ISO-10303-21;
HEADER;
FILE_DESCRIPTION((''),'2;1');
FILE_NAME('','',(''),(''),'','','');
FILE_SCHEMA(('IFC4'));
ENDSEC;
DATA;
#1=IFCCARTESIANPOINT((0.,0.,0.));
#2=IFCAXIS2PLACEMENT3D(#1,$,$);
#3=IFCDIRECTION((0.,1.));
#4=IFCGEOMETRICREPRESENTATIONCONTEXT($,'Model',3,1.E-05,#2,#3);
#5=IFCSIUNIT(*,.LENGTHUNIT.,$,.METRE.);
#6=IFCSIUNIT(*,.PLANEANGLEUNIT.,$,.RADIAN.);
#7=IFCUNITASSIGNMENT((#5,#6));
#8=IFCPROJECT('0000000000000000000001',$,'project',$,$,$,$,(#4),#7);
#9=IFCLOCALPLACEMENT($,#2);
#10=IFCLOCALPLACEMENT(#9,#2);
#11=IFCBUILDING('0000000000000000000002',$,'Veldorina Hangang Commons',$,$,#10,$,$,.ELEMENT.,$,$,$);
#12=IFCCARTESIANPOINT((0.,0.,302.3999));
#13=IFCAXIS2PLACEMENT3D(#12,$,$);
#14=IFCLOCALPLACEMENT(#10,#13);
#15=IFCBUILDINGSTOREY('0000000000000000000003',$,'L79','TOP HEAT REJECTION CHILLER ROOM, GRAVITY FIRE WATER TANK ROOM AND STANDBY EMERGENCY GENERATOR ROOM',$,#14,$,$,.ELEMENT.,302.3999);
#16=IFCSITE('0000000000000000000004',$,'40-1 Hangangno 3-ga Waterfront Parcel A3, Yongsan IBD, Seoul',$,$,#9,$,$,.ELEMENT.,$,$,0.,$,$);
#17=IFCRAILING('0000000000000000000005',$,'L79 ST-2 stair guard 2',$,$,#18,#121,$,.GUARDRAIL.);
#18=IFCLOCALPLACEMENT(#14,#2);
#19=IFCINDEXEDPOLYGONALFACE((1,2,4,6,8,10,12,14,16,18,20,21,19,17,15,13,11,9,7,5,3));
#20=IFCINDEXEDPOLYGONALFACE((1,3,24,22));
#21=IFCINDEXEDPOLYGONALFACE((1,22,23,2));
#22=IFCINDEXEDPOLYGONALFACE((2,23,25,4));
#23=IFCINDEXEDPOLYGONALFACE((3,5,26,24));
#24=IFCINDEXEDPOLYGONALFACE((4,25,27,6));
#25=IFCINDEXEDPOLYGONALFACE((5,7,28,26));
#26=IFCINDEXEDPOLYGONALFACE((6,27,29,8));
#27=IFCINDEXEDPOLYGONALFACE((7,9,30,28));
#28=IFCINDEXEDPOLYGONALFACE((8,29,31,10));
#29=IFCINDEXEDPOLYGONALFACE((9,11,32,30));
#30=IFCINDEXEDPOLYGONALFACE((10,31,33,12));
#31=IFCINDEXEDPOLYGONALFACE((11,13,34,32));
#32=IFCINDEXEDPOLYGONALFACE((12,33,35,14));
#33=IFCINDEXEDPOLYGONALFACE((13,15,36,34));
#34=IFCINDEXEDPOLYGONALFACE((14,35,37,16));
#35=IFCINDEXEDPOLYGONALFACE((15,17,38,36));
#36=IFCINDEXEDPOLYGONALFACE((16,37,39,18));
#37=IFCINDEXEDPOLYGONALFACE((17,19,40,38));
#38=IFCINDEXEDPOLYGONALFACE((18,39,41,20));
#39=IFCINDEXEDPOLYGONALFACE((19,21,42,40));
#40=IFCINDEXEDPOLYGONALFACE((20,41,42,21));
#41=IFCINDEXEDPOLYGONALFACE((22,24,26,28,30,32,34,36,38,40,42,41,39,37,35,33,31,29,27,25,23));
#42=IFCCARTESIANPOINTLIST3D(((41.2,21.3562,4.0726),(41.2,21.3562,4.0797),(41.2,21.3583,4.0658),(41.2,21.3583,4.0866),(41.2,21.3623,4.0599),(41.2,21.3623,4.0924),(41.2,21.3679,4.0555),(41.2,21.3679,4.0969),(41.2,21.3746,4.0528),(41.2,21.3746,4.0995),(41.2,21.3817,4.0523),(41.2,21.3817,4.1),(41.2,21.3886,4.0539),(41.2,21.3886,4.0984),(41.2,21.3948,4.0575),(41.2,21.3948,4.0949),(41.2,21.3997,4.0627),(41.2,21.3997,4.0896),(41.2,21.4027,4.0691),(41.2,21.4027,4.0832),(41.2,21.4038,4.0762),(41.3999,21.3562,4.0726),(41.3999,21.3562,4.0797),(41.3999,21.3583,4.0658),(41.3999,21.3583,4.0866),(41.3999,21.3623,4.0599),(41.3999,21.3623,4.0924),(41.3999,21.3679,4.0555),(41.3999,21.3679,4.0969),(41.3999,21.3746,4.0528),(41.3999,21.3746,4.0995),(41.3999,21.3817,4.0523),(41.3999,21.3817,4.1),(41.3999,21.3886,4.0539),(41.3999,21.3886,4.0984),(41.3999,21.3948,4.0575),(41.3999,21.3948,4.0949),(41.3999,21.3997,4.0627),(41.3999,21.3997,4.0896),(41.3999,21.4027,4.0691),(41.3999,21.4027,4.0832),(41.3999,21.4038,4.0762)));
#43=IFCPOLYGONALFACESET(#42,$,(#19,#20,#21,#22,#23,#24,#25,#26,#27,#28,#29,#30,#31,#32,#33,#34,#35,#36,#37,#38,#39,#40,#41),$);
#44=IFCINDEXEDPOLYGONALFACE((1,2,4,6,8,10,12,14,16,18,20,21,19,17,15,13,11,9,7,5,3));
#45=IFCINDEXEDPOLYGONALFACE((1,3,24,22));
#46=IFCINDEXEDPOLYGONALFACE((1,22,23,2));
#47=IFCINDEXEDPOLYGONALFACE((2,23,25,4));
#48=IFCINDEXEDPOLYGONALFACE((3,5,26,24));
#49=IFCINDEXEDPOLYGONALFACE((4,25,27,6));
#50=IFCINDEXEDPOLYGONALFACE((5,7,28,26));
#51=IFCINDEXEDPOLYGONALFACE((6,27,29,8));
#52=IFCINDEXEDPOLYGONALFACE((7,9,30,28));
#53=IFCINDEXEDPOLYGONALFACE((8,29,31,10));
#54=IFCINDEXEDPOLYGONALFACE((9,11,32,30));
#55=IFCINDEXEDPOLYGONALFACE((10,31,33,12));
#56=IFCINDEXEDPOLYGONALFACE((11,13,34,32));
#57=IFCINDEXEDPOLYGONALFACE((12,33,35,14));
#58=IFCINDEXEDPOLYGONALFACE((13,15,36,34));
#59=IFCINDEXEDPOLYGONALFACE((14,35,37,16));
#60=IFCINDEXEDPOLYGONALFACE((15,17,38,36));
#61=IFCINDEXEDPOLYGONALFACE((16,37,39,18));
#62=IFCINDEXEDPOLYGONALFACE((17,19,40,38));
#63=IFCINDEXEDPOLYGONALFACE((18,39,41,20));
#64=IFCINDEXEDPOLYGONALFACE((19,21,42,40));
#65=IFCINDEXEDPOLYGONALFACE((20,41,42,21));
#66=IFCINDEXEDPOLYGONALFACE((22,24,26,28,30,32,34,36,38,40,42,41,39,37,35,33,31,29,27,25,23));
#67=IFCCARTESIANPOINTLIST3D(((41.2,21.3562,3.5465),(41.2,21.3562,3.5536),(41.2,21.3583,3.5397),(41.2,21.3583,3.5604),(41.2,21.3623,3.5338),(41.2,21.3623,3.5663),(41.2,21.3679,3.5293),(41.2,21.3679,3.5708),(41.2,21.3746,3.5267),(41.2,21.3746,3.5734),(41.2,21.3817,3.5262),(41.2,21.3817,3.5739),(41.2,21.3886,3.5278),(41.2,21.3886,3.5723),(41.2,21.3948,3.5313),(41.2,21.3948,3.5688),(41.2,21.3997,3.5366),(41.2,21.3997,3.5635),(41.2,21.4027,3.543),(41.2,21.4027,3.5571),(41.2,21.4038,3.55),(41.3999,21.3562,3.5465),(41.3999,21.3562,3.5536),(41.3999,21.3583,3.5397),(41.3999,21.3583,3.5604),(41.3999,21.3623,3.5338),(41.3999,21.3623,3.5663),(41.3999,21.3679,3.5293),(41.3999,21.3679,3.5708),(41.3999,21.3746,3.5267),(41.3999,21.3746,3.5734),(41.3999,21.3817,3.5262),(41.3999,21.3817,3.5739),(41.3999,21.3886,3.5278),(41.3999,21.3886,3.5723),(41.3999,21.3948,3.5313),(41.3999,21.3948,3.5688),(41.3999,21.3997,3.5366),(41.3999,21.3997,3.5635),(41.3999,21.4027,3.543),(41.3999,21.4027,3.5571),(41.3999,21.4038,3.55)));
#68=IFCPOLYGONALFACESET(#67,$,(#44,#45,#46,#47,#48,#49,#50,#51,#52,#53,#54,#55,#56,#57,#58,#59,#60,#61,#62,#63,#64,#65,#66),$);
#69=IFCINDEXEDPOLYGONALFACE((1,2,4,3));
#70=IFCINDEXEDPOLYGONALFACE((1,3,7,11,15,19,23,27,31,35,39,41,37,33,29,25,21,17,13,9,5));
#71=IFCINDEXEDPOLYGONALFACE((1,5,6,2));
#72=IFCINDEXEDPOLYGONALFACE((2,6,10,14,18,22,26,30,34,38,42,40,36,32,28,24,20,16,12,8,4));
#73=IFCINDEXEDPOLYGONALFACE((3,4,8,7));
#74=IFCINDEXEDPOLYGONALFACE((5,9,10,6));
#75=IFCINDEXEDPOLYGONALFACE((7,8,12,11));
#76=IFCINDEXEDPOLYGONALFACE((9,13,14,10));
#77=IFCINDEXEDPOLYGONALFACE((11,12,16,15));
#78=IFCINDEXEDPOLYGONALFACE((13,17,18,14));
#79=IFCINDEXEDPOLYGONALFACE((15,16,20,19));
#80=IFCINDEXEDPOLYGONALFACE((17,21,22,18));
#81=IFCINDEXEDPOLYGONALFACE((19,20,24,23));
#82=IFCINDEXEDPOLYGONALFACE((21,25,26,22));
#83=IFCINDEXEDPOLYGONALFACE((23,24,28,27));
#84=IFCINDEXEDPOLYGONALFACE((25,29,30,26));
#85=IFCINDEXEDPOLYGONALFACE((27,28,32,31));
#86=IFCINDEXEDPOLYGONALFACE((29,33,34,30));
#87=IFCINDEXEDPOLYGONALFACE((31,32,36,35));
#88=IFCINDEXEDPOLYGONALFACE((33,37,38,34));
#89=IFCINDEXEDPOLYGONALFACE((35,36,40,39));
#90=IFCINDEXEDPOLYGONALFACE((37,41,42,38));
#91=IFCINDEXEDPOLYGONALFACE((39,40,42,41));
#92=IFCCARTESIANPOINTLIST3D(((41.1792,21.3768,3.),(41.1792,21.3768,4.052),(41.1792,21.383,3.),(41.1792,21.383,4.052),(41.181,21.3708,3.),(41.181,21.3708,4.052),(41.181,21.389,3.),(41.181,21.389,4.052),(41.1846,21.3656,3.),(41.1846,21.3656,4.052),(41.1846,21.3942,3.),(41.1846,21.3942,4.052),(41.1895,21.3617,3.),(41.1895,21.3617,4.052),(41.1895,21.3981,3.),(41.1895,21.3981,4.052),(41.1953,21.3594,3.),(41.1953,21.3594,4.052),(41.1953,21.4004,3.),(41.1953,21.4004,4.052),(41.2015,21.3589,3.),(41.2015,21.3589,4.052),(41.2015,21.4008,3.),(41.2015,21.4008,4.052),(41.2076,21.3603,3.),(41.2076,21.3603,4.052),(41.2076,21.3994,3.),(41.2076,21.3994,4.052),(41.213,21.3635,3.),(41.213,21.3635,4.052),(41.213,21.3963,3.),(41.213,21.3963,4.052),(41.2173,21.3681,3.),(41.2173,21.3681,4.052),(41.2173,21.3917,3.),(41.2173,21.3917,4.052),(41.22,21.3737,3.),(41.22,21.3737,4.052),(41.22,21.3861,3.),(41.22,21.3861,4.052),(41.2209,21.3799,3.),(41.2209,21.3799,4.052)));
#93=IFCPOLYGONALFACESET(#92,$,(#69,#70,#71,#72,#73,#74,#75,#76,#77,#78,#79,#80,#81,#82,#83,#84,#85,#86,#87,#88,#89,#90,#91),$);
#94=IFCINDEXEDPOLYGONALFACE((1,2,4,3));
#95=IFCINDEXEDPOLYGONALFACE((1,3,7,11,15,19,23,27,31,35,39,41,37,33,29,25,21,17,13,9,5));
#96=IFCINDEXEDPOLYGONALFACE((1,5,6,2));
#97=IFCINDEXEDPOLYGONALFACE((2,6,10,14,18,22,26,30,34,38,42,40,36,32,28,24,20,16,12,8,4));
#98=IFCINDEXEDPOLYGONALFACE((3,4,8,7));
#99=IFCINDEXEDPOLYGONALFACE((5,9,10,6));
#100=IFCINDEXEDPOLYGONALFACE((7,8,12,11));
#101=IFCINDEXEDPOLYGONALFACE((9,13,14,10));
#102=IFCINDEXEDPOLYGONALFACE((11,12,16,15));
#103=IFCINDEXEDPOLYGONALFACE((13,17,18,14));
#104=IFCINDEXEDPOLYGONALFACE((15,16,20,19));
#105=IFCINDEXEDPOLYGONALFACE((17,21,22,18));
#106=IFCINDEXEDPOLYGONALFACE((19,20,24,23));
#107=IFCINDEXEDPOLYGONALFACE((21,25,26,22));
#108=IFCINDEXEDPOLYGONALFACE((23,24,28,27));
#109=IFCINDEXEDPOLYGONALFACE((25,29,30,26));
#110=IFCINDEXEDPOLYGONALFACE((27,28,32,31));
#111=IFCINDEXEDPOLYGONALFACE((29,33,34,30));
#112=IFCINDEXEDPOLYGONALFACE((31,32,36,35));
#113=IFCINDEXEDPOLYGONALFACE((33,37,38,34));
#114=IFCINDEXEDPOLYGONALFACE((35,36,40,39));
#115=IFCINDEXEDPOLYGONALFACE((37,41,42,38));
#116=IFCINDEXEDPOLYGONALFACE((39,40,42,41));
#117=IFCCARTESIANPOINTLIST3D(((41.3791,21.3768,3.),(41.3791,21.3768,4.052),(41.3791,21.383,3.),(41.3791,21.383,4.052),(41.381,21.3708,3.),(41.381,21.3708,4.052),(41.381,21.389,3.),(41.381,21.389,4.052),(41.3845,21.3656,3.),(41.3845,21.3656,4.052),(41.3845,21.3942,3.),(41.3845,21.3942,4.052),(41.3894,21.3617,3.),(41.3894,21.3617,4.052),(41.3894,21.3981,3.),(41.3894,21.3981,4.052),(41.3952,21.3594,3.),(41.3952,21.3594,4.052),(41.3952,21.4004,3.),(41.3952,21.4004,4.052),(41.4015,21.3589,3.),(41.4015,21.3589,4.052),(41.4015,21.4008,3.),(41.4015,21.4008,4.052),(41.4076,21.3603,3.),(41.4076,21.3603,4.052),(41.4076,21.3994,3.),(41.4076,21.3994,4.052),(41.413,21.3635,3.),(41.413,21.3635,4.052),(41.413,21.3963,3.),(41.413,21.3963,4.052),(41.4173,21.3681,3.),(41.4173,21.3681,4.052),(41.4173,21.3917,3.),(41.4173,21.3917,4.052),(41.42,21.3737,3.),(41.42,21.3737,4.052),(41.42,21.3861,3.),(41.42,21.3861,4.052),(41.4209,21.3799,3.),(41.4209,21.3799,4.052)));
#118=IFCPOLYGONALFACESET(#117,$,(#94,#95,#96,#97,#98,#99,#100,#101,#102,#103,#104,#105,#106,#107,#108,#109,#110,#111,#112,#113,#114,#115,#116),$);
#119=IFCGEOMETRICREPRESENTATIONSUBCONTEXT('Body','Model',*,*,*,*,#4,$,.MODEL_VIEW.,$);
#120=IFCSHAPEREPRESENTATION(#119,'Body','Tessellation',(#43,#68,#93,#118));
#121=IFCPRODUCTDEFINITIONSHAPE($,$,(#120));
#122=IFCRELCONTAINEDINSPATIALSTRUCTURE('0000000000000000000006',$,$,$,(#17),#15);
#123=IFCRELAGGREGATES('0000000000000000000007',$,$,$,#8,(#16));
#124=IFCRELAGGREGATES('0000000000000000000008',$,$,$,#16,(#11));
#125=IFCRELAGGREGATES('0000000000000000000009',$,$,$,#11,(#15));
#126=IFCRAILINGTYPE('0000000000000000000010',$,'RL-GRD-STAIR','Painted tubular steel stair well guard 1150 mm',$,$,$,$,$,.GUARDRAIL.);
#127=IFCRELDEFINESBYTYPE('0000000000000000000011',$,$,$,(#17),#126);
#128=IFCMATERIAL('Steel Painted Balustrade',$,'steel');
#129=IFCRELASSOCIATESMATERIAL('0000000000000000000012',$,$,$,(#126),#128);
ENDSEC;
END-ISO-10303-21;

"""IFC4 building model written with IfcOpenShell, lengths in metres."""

from ifc_helpers import new_model, si_unit, direction, frame, origin, origin_2d, place, context, subcontext, project, spatial, circle, extrude, material, type_object, element, save


model = new_model("IFC4")

# Units and contexts
model_context = context("Model", 3, precision=1e-05, world=origin(), true_north=direction((0.0, 1.0)))
body_context = subcontext(model_context, "Body", "Model", "MODEL_VIEW")
ifc_project = project(units=[si_unit("LENGTHUNIT", "METRE"), si_unit("PLANEANGLEUNIT", "RADIAN")], contexts=[model_context])

# Site, building, storey
site_placement = place(None, origin())
site = spatial("IfcSite", under=ifc_project, at=site_placement, Name="40-1 Hangangno 3-ga Waterfront Parcel A3, Yongsan IBD, Seoul", CompositionType="ELEMENT", RefElevation=0.0)
building_placement = place(site_placement, origin())
building = spatial("IfcBuilding", under=site, at=building_placement, Name="Veldorina Hangang Commons", CompositionType="ELEMENT")
storey_placement = place(building_placement, frame((0.0, 0.0, 302.3999)))
storey = spatial("IfcBuildingStorey", under=building, at=storey_placement, Name="L79", Description="TOP HEAT REJECTION CHILLER ROOM, GRAVITY FIRE WATER TANK ROOM AND STANDBY EMERGENCY GENERATOR ROOM", CompositionType="ELEMENT", Elevation=302.3999)

# Railing
ifc_material_1 = material(Name="Steel Painted Balustrade", Category="steel")
railing_type = type_object("IfcRailingType", Name="RL-GRD-STAIR", Description="Painted tubular steel stair well guard 1150 mm", PredefinedType="GUARDRAIL", material=ifc_material_1)
railing_1_placement = place(storey_placement, frame((41.2, 21.3799, 3.0)))
element("IfcRailing", 1, at=railing_1_placement, inside=storey, type_object=railing_type, Name="L79 ST-2 stair guard 2", PredefinedType="GUARDRAIL", context=body_context, shape_type="SweptSolid", body=[
    extrude(circle(Radius=0.0239, at=origin_2d()), frame((0.0, 0.0, 1.0762), z_axis=(1.0, 0.0, 0.0), x_axis=(0.0, 1.0, 0.0)), (0.0, 0.0, 1.0), 0.2),
    extrude(circle(Radius=0.0239, at=origin_2d()), frame((0.0, 0.0, 0.55), z_axis=(1.0, 0.0, 0.0), x_axis=(0.0, 1.0, 0.0)), (0.0, 0.0, 1.0), 0.2),
    extrude(circle(Radius=0.021, at=origin_2d()), origin(), (0.0, 0.0, 1.0), 1.052),
    extrude(circle(Radius=0.021, at=origin_2d()), frame((0.2, 0.0, 0.0)), (0.0, 0.0, 1.0), 1.052),
])

save(model, "model.ifc")
